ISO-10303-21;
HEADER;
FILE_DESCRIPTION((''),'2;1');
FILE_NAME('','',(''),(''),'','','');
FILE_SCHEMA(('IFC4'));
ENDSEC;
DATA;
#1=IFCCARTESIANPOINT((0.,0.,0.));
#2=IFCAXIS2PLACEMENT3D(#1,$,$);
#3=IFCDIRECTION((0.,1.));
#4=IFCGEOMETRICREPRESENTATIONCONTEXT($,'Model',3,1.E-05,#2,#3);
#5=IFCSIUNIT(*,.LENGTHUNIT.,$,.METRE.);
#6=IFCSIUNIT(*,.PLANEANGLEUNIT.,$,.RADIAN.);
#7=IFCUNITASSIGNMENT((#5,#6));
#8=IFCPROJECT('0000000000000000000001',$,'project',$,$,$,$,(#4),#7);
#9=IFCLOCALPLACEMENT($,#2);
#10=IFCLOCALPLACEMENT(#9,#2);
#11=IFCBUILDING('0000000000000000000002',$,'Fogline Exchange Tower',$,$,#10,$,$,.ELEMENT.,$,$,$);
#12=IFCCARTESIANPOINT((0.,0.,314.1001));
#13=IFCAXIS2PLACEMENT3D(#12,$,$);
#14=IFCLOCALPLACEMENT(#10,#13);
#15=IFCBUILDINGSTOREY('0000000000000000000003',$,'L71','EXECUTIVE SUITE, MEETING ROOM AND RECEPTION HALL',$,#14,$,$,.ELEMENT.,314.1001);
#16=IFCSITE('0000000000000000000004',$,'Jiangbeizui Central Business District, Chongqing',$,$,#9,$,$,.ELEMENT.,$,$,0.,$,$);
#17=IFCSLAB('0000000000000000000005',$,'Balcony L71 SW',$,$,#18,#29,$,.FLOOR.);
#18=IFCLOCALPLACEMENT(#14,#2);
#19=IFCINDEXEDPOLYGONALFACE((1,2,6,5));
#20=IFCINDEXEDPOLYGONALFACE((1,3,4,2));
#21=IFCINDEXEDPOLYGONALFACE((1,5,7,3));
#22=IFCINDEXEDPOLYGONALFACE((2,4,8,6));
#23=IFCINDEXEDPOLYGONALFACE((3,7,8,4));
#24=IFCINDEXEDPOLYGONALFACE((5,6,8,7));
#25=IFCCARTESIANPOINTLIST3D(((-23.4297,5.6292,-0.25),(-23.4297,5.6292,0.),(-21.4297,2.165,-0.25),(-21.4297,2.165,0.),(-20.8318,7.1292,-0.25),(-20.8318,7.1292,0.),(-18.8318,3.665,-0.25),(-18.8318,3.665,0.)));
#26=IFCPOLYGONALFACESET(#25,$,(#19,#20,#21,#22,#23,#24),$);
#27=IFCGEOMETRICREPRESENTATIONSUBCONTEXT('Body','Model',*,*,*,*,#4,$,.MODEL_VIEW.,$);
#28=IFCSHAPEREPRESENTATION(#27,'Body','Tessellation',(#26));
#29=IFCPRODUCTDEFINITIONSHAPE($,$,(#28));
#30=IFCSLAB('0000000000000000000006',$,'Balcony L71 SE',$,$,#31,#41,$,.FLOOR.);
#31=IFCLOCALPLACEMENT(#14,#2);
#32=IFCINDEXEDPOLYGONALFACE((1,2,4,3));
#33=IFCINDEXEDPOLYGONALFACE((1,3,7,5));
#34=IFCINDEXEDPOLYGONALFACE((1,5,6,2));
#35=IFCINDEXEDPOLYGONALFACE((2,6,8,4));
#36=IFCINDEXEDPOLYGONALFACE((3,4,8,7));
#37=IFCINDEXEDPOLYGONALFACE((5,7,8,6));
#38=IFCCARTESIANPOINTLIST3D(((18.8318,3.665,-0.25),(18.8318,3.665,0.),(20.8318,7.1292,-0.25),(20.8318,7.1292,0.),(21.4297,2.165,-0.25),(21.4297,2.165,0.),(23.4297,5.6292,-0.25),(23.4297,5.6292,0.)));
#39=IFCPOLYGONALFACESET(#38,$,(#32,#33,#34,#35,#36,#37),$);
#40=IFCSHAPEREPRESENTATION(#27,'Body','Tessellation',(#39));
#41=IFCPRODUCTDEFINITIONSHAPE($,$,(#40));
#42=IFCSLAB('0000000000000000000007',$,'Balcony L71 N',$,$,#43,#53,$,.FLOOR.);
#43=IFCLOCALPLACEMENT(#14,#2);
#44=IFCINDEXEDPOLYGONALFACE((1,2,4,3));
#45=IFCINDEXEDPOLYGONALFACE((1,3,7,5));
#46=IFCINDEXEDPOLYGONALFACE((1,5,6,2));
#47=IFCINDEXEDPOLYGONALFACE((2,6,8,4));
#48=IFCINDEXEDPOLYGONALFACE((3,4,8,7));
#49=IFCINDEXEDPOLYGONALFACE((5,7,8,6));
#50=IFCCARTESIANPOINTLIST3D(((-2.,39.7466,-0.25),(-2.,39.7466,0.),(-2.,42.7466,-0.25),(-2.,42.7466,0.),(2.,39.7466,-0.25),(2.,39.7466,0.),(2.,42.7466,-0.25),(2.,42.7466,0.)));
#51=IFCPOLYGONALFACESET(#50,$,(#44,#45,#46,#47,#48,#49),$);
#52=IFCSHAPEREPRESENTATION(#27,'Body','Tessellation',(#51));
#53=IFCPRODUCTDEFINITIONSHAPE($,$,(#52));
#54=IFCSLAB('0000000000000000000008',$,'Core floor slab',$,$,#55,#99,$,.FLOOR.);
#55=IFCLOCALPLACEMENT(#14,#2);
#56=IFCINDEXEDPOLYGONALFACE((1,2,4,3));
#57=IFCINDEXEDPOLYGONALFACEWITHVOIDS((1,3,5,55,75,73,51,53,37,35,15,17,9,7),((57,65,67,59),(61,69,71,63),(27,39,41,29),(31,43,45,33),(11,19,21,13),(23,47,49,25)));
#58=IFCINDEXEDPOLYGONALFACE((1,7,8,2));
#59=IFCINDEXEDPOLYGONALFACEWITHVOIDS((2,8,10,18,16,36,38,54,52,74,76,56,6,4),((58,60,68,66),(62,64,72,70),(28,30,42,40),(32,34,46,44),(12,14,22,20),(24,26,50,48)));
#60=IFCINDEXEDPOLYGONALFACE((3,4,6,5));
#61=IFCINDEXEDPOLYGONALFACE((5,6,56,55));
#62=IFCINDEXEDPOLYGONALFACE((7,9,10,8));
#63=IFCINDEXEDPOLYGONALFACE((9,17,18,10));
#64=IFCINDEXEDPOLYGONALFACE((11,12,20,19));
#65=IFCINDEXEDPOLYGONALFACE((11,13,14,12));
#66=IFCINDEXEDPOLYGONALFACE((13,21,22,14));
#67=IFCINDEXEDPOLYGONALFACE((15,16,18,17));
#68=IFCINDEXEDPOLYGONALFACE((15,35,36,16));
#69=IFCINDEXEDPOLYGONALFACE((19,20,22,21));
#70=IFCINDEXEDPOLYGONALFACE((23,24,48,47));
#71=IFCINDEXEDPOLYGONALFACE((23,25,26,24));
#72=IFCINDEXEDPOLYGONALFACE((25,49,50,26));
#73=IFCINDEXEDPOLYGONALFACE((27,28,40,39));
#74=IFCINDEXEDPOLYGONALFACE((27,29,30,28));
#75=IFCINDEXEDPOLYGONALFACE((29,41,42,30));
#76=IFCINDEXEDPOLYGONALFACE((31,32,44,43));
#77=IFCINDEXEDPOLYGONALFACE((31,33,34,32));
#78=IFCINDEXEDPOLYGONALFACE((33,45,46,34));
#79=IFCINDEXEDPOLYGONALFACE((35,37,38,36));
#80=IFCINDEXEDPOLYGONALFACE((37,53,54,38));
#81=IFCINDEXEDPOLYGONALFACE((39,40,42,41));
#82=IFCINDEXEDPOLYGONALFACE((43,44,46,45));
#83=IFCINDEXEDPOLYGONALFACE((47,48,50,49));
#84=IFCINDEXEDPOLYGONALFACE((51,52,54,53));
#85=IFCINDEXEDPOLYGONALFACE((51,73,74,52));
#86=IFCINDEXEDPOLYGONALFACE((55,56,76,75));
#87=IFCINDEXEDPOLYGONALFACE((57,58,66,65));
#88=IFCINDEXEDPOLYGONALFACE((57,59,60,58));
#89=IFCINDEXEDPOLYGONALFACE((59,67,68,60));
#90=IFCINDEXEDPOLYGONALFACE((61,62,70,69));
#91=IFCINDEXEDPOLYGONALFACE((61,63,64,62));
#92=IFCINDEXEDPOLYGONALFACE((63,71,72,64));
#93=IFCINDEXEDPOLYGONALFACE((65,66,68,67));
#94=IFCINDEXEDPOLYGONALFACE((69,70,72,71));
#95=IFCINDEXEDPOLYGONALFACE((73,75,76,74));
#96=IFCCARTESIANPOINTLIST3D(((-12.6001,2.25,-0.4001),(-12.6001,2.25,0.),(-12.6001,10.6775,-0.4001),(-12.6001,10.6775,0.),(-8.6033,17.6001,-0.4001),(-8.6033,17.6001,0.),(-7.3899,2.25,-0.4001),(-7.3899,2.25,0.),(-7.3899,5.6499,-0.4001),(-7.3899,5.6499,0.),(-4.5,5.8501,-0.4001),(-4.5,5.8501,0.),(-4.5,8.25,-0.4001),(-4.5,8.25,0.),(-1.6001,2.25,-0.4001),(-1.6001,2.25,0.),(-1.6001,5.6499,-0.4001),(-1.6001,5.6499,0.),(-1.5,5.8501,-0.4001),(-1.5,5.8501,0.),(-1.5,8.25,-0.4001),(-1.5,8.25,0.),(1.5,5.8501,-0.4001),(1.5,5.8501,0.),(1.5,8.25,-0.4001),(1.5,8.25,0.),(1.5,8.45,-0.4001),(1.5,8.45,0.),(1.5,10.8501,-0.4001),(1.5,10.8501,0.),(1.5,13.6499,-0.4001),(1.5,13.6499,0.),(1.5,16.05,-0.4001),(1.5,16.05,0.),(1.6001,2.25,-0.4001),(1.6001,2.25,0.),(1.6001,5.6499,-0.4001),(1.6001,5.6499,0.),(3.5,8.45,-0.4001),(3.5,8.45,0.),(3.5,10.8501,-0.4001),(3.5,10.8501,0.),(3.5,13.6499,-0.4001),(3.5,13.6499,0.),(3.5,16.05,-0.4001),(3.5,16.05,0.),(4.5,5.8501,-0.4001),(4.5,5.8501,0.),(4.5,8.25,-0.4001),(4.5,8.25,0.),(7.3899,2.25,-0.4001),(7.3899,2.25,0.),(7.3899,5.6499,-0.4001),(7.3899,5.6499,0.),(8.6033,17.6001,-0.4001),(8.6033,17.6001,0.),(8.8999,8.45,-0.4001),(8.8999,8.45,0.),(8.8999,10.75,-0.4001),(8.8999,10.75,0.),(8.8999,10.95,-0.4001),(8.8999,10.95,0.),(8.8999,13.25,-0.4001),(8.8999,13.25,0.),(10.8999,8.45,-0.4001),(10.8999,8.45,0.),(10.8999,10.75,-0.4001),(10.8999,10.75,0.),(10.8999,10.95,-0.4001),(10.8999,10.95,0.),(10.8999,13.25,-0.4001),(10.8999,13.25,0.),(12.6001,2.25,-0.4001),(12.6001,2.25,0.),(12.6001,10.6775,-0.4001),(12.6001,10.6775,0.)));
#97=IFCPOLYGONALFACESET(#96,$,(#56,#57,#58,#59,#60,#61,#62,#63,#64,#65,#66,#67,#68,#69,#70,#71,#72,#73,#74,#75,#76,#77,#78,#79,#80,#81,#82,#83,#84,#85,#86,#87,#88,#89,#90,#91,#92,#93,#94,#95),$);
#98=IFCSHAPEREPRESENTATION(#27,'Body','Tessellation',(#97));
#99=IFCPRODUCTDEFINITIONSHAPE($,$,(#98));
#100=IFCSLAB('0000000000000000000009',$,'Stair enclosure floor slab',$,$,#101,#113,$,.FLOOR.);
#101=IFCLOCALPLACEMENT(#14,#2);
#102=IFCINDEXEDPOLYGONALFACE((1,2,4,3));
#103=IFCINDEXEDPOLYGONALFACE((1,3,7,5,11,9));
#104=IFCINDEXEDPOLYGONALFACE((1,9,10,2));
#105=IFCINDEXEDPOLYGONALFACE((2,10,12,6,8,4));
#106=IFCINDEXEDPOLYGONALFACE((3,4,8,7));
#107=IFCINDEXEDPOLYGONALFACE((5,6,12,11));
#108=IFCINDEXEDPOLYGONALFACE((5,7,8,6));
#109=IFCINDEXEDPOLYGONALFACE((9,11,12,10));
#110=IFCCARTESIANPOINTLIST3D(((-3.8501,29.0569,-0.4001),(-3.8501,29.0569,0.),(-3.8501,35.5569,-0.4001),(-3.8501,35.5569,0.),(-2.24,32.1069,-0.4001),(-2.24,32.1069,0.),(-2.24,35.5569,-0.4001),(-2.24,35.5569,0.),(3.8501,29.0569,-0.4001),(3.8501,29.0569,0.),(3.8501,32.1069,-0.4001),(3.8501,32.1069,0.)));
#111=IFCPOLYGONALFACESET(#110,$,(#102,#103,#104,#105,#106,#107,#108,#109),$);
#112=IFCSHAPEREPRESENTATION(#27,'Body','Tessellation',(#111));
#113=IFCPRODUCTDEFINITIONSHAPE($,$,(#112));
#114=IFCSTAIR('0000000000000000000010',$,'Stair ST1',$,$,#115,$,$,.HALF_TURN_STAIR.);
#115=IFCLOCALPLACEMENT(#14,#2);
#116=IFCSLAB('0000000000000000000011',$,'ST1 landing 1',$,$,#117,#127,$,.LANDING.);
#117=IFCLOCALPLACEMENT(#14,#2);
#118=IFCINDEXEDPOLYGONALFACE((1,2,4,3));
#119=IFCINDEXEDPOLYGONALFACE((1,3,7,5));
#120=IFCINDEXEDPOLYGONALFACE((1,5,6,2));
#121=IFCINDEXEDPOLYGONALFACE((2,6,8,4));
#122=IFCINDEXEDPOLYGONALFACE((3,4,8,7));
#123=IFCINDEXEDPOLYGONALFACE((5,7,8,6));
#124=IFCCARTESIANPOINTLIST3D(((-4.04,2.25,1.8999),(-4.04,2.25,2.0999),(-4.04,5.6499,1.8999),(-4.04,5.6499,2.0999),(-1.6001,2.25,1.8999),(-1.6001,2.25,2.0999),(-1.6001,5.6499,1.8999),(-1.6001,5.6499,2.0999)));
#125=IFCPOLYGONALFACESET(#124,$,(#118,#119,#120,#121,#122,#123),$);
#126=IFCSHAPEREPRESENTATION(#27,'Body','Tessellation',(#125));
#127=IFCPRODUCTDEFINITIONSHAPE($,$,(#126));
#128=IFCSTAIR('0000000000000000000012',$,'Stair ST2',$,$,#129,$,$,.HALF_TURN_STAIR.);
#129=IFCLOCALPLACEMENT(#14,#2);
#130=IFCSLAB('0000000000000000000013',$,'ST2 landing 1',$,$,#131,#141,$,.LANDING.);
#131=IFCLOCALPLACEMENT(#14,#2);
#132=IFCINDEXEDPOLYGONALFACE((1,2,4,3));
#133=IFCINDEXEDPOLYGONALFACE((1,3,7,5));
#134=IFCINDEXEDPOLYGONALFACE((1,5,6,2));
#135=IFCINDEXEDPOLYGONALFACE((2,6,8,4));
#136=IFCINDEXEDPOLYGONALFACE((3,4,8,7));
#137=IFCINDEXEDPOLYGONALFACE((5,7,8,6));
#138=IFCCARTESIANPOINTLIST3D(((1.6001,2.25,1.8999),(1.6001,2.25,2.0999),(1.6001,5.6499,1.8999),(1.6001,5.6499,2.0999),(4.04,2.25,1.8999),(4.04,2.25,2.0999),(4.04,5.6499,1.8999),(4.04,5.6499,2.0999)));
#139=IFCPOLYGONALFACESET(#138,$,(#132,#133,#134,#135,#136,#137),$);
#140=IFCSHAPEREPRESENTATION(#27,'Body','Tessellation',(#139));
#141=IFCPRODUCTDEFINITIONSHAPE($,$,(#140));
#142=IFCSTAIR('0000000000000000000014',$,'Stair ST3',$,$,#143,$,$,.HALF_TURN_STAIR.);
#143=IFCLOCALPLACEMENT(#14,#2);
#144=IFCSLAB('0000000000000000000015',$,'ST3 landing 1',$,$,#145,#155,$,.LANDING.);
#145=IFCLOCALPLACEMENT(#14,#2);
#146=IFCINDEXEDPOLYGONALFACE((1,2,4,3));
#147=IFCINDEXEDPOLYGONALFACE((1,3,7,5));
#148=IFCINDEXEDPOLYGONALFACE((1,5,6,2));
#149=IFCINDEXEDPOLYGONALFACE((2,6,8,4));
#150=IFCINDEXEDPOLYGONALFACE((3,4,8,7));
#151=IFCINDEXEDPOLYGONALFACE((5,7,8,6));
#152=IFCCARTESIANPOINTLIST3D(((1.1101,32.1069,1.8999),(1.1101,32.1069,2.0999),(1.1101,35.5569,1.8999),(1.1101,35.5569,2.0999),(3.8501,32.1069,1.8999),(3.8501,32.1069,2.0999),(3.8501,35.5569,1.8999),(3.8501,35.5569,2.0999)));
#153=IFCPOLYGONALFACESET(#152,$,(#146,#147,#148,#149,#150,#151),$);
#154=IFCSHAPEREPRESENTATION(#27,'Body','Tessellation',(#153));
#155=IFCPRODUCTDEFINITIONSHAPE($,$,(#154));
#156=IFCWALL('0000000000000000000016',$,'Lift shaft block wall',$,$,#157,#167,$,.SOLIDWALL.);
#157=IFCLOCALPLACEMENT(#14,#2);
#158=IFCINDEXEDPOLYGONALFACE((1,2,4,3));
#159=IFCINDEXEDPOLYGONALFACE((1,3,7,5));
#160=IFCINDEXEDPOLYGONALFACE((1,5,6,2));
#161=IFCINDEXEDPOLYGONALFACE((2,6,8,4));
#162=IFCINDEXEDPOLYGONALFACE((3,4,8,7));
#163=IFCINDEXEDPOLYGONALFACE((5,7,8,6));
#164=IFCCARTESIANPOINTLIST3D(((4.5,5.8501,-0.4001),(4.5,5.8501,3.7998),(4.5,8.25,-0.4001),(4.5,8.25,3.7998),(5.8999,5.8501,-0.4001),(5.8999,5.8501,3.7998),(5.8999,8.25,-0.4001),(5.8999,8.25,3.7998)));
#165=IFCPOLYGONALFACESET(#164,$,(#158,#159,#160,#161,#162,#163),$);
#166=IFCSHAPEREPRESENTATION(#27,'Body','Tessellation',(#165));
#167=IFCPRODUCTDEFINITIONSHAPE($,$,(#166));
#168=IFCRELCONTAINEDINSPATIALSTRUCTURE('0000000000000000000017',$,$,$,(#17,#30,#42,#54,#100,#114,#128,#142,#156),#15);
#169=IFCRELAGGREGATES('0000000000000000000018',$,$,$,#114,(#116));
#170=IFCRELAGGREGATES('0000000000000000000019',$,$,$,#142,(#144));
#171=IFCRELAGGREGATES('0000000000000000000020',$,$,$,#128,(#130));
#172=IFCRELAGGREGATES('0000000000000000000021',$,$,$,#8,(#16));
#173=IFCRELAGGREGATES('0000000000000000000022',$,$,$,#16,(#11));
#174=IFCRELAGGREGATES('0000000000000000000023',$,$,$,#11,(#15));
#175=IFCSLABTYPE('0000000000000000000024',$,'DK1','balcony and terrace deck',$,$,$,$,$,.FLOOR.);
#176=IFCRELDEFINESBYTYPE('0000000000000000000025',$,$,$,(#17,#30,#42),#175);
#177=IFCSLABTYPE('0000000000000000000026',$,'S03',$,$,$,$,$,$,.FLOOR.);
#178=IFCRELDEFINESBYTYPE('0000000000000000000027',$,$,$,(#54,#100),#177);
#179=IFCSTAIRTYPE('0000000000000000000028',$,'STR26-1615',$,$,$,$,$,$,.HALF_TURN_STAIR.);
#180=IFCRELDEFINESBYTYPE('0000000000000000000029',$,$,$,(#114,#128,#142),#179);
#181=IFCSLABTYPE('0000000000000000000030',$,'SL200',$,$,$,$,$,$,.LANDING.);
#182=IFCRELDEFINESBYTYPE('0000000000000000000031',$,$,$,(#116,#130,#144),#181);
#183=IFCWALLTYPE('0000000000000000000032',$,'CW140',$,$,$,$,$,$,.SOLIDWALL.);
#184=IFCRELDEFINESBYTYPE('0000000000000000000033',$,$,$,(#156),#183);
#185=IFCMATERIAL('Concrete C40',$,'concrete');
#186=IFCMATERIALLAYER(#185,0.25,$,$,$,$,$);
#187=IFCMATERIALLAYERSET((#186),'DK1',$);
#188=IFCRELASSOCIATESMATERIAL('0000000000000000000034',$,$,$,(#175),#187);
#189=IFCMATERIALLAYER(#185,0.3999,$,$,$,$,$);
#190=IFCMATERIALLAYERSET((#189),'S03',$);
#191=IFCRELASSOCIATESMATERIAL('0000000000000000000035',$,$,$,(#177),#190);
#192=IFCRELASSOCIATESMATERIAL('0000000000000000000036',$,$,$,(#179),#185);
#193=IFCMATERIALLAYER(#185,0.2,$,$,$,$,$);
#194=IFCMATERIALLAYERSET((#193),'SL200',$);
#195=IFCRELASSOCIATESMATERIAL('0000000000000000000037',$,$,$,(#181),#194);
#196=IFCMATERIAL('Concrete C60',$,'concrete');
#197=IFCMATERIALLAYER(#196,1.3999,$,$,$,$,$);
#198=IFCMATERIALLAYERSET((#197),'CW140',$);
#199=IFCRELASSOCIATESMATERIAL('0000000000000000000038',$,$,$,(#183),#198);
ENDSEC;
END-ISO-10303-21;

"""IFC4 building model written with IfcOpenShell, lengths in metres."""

from ifc_helpers import new_model, si_unit, direction, frame, frame_2d, origin, place, context, subcontext, project, spatial, polyline, rectangle, outline, extrude, material, layer, layer_set, type_object, element, aggregate, save


model = new_model("IFC4")

# Units and contexts
model_context = context("Model", 3, precision=1e-05, world=origin(), true_north=direction((0.0, 1.0)))
body_context = subcontext(model_context, "Body", "Model", "MODEL_VIEW")
ifc_project = project(units=[si_unit("LENGTHUNIT", "METRE"), si_unit("PLANEANGLEUNIT", "RADIAN")], contexts=[model_context])

# Site, building, storey
site_placement = place(None, origin())
site = spatial("IfcSite", under=ifc_project, at=site_placement, Name="Jiangbeizui Central Business District, Chongqing", CompositionType="ELEMENT", RefElevation=0.0)
building_placement = place(site_placement, origin())
building = spatial("IfcBuilding", under=site, at=building_placement, Name="Fogline Exchange Tower", CompositionType="ELEMENT")
storey_placement = place(building_placement, frame((0.0, 0.0, 314.1001)))
storey = spatial("IfcBuildingStorey", under=building, at=storey_placement, Name="L71", Description="EXECUTIVE SUITE, MEETING ROOM AND RECEPTION HALL", CompositionType="ELEMENT", Elevation=314.1001)

# Slabs
ifc_material_1 = material(Name="Concrete C40", Category="concrete")
ifc_layer_1 = layer(ifc_material_1, 0.25)
ifc_layer_set_1 = layer_set([ifc_layer_1], Name="DK1")
slab_type_1 = type_object("IfcSlabType", Name="DK1", Description="balcony and terrace deck", PredefinedType="FLOOR", material=ifc_layer_set_1)
slab_1_placement = place(storey_placement, frame((0.0, 0.0, -0.25)))
element("IfcSlab", 1, at=slab_1_placement, inside=storey, type_object=slab_type_1, Name="Balcony L71 SW", PredefinedType="FLOOR", context=body_context, shape_type="SweptSolid", body=[
    extrude(outline(polyline([(-23.4297, 5.6292), (-21.4297, 2.165), (-18.8318, 3.665), (-20.8318, 7.1292), (-23.4297, 5.6292)])), origin(), (0.0, 0.0, 1.0), 0.25),
])
slab_2_placement = place(storey_placement, frame((0.0, 0.0, -0.25)))
element("IfcSlab", 2, at=slab_2_placement, inside=storey, type_object=slab_type_1, Name="Balcony L71 SE", PredefinedType="FLOOR", context=body_context, shape_type="SweptSolid", body=[
    extrude(outline(polyline([(21.4297, 2.165), (23.4297, 5.6292), (20.8318, 7.1292), (18.8318, 3.665), (21.4297, 2.165)])), origin(), (0.0, 0.0, 1.0), 0.25),
])
slab_3_placement = place(storey_placement, frame((0.0, 0.0, -0.25)))
element("IfcSlab", 3, at=slab_3_placement, inside=storey, type_object=slab_type_1, Name="Balcony L71 N", PredefinedType="FLOOR", context=body_context, shape_type="SweptSolid", body=[
    extrude(outline(polyline([(2.0, 42.7466), (-2.0, 42.7466), (-2.0, 39.7466), (2.0, 39.7466), (2.0, 42.7466)])), origin(), (0.0, 0.0, 1.0), 0.25),
])
ifc_layer_2 = layer(ifc_material_1, 0.3999)
ifc_layer_set_2 = layer_set([ifc_layer_2], Name="S03")
slab_type_2 = type_object("IfcSlabType", Name="S03", PredefinedType="FLOOR", material=ifc_layer_set_2)
slab_4_placement = place(storey_placement, frame((0.0, 0.0, -0.4001)))
element("IfcSlab", 4, at=slab_4_placement, inside=storey, type_object=slab_type_2, Name="Core floor slab", PredefinedType="FLOOR", context=body_context, shape_type="SweptSolid", body=[
    extrude(outline(polyline([(-12.6001, 2.25), (-12.6001, 10.6775), (-8.6033, 17.6001), (8.6033, 17.6001), (12.6001, 10.6775), (12.6001, 2.25), (7.3899, 2.25), (7.3899, 5.6499), (1.6001, 5.6499), (1.6001, 2.25), (-1.6001, 2.25), (-1.6001, 5.6499), (-7.3899, 5.6499), (-7.3899, 2.25), (-12.6001, 2.25)]), holes=[polyline([(-4.5, 8.25), (-4.5, 5.8501), (-1.5, 5.8501), (-1.5, 8.25), (-4.5, 8.25)]), polyline([(1.5, 8.25), (1.5, 5.8501), (4.5, 5.8501), (4.5, 8.25), (1.5, 8.25)]), polyline([(8.8999, 10.75), (8.8999, 8.45), (10.8999, 8.45), (10.8999, 10.75), (8.8999, 10.75)]), polyline([(1.5, 10.8501), (1.5, 8.45), (3.5, 8.45), (3.5, 10.8501), (1.5, 10.8501)]), polyline([(8.8999, 13.25), (8.8999, 10.95), (10.8999, 10.95), (10.8999, 13.25), (8.8999, 13.25)]), polyline([(1.5, 16.05), (1.5, 13.6499), (3.5, 13.6499), (3.5, 16.05), (1.5, 16.05)])]), origin(), (0.0, 0.0, 1.0), 0.4001),
])
slab_5_placement = place(storey_placement, frame((0.0, 0.0, -0.4001)))
element("IfcSlab", 5, at=slab_5_placement, inside=storey, type_object=slab_type_2, Name="Stair enclosure floor slab", PredefinedType="FLOOR", context=body_context, shape_type="SweptSolid", body=[
    extrude(outline(polyline([(3.8501, 29.0569), (-3.8501, 29.0569), (-3.8501, 35.5569), (-2.24, 35.5569), (-2.24, 32.1069), (3.8501, 32.1069), (3.8501, 29.0569)])), origin(), (0.0, 0.0, 1.0), 0.4001),
])

# Stairs, slabs
stair_type = type_object("IfcStairType", Name="STR26-1615", PredefinedType="HALF_TURN_STAIR", material=ifc_material_1)
stair_1_placement = place(storey_placement, origin())
stair_1 = element("IfcStair", 6, at=stair_1_placement, inside=storey, type_object=stair_type, Name="Stair ST1", PredefinedType="HALF_TURN_STAIR")
ifc_layer_3 = layer(ifc_material_1, 0.2)
ifc_layer_set_3 = layer_set([ifc_layer_3], Name="SL200")
slab_type_3 = type_object("IfcSlabType", Name="SL200", PredefinedType="LANDING", material=ifc_layer_set_3)
slab_6_placement = place(storey_placement, frame((0.0, 0.0, 1.8999)))
slab_6 = element("IfcSlab", 7, at=slab_6_placement, type_object=slab_type_3, Name="ST1 landing 1", PredefinedType="LANDING", context=body_context, shape_type="SweptSolid", body=[
    extrude(outline(polyline([(-4.04, 2.25), (-1.6001, 2.25), (-1.6001, 5.6499), (-4.04, 5.6499), (-4.04, 2.25)])), origin(), (0.0, 0.0, 1.0), 0.2),
])
aggregate(stair_1, [slab_6])
stair_2_placement = place(storey_placement, origin())
stair_2 = element("IfcStair", 8, at=stair_2_placement, inside=storey, type_object=stair_type, Name="Stair ST2", PredefinedType="HALF_TURN_STAIR")
slab_7_placement = place(storey_placement, frame((0.0, 0.0, 1.8999)))
slab_7 = element("IfcSlab", 9, at=slab_7_placement, type_object=slab_type_3, Name="ST2 landing 1", PredefinedType="LANDING", context=body_context, shape_type="SweptSolid", body=[
    extrude(outline(polyline([(1.6001, 2.25), (4.04, 2.25), (4.04, 5.6499), (1.6001, 5.6499), (1.6001, 2.25)])), origin(), (0.0, 0.0, 1.0), 0.2),
])
stair_3_placement = place(storey_placement, origin())
stair_3 = element("IfcStair", 10, at=stair_3_placement, inside=storey, type_object=stair_type, Name="Stair ST3", PredefinedType="HALF_TURN_STAIR")
slab_8_placement = place(storey_placement, frame((0.0, 0.0, 1.8999)))
slab_8 = element("IfcSlab", 11, at=slab_8_placement, type_object=slab_type_3, Name="ST3 landing 1", PredefinedType="LANDING", context=body_context, shape_type="SweptSolid", body=[
    extrude(outline(polyline([(1.1101, 32.1069), (3.8501, 32.1069), (3.8501, 35.5569), (1.1101, 35.5569), (1.1101, 32.1069)])), origin(), (0.0, 0.0, 1.0), 0.2),
])
aggregate(stair_3, [slab_8])

# Wall
ifc_material_2 = material(Name="Concrete C60", Category="concrete")
ifc_layer_4 = layer(ifc_material_2, 1.3999)
ifc_layer_set_4 = layer_set([ifc_layer_4], Name="CW140")
wall_type_1 = type_object("IfcWallType", Name="CW140", PredefinedType="SOLIDWALL", material=ifc_layer_set_4)
wall_1_placement = place(storey_placement, frame((5.2, 5.8501, -0.4001), z_axis=(0.0, 0.0, 1.0), x_axis=(0.0, 1.0, 0.0)))
element("IfcWall", 12, at=wall_1_placement, inside=storey, type_object=wall_type_1, Name="Lift shaft block wall", PredefinedType="SOLIDWALL", context=body_context, shape_type="SweptSolid", body=[
    extrude(rectangle(XDim=2.3999, YDim=1.3999, at=frame_2d((1.2, 0.0))), origin(), (0.0, 0.0, 1.0), 4.2),
])

aggregate(stair_2, [slab_7])

save(model, "model.ifc")
